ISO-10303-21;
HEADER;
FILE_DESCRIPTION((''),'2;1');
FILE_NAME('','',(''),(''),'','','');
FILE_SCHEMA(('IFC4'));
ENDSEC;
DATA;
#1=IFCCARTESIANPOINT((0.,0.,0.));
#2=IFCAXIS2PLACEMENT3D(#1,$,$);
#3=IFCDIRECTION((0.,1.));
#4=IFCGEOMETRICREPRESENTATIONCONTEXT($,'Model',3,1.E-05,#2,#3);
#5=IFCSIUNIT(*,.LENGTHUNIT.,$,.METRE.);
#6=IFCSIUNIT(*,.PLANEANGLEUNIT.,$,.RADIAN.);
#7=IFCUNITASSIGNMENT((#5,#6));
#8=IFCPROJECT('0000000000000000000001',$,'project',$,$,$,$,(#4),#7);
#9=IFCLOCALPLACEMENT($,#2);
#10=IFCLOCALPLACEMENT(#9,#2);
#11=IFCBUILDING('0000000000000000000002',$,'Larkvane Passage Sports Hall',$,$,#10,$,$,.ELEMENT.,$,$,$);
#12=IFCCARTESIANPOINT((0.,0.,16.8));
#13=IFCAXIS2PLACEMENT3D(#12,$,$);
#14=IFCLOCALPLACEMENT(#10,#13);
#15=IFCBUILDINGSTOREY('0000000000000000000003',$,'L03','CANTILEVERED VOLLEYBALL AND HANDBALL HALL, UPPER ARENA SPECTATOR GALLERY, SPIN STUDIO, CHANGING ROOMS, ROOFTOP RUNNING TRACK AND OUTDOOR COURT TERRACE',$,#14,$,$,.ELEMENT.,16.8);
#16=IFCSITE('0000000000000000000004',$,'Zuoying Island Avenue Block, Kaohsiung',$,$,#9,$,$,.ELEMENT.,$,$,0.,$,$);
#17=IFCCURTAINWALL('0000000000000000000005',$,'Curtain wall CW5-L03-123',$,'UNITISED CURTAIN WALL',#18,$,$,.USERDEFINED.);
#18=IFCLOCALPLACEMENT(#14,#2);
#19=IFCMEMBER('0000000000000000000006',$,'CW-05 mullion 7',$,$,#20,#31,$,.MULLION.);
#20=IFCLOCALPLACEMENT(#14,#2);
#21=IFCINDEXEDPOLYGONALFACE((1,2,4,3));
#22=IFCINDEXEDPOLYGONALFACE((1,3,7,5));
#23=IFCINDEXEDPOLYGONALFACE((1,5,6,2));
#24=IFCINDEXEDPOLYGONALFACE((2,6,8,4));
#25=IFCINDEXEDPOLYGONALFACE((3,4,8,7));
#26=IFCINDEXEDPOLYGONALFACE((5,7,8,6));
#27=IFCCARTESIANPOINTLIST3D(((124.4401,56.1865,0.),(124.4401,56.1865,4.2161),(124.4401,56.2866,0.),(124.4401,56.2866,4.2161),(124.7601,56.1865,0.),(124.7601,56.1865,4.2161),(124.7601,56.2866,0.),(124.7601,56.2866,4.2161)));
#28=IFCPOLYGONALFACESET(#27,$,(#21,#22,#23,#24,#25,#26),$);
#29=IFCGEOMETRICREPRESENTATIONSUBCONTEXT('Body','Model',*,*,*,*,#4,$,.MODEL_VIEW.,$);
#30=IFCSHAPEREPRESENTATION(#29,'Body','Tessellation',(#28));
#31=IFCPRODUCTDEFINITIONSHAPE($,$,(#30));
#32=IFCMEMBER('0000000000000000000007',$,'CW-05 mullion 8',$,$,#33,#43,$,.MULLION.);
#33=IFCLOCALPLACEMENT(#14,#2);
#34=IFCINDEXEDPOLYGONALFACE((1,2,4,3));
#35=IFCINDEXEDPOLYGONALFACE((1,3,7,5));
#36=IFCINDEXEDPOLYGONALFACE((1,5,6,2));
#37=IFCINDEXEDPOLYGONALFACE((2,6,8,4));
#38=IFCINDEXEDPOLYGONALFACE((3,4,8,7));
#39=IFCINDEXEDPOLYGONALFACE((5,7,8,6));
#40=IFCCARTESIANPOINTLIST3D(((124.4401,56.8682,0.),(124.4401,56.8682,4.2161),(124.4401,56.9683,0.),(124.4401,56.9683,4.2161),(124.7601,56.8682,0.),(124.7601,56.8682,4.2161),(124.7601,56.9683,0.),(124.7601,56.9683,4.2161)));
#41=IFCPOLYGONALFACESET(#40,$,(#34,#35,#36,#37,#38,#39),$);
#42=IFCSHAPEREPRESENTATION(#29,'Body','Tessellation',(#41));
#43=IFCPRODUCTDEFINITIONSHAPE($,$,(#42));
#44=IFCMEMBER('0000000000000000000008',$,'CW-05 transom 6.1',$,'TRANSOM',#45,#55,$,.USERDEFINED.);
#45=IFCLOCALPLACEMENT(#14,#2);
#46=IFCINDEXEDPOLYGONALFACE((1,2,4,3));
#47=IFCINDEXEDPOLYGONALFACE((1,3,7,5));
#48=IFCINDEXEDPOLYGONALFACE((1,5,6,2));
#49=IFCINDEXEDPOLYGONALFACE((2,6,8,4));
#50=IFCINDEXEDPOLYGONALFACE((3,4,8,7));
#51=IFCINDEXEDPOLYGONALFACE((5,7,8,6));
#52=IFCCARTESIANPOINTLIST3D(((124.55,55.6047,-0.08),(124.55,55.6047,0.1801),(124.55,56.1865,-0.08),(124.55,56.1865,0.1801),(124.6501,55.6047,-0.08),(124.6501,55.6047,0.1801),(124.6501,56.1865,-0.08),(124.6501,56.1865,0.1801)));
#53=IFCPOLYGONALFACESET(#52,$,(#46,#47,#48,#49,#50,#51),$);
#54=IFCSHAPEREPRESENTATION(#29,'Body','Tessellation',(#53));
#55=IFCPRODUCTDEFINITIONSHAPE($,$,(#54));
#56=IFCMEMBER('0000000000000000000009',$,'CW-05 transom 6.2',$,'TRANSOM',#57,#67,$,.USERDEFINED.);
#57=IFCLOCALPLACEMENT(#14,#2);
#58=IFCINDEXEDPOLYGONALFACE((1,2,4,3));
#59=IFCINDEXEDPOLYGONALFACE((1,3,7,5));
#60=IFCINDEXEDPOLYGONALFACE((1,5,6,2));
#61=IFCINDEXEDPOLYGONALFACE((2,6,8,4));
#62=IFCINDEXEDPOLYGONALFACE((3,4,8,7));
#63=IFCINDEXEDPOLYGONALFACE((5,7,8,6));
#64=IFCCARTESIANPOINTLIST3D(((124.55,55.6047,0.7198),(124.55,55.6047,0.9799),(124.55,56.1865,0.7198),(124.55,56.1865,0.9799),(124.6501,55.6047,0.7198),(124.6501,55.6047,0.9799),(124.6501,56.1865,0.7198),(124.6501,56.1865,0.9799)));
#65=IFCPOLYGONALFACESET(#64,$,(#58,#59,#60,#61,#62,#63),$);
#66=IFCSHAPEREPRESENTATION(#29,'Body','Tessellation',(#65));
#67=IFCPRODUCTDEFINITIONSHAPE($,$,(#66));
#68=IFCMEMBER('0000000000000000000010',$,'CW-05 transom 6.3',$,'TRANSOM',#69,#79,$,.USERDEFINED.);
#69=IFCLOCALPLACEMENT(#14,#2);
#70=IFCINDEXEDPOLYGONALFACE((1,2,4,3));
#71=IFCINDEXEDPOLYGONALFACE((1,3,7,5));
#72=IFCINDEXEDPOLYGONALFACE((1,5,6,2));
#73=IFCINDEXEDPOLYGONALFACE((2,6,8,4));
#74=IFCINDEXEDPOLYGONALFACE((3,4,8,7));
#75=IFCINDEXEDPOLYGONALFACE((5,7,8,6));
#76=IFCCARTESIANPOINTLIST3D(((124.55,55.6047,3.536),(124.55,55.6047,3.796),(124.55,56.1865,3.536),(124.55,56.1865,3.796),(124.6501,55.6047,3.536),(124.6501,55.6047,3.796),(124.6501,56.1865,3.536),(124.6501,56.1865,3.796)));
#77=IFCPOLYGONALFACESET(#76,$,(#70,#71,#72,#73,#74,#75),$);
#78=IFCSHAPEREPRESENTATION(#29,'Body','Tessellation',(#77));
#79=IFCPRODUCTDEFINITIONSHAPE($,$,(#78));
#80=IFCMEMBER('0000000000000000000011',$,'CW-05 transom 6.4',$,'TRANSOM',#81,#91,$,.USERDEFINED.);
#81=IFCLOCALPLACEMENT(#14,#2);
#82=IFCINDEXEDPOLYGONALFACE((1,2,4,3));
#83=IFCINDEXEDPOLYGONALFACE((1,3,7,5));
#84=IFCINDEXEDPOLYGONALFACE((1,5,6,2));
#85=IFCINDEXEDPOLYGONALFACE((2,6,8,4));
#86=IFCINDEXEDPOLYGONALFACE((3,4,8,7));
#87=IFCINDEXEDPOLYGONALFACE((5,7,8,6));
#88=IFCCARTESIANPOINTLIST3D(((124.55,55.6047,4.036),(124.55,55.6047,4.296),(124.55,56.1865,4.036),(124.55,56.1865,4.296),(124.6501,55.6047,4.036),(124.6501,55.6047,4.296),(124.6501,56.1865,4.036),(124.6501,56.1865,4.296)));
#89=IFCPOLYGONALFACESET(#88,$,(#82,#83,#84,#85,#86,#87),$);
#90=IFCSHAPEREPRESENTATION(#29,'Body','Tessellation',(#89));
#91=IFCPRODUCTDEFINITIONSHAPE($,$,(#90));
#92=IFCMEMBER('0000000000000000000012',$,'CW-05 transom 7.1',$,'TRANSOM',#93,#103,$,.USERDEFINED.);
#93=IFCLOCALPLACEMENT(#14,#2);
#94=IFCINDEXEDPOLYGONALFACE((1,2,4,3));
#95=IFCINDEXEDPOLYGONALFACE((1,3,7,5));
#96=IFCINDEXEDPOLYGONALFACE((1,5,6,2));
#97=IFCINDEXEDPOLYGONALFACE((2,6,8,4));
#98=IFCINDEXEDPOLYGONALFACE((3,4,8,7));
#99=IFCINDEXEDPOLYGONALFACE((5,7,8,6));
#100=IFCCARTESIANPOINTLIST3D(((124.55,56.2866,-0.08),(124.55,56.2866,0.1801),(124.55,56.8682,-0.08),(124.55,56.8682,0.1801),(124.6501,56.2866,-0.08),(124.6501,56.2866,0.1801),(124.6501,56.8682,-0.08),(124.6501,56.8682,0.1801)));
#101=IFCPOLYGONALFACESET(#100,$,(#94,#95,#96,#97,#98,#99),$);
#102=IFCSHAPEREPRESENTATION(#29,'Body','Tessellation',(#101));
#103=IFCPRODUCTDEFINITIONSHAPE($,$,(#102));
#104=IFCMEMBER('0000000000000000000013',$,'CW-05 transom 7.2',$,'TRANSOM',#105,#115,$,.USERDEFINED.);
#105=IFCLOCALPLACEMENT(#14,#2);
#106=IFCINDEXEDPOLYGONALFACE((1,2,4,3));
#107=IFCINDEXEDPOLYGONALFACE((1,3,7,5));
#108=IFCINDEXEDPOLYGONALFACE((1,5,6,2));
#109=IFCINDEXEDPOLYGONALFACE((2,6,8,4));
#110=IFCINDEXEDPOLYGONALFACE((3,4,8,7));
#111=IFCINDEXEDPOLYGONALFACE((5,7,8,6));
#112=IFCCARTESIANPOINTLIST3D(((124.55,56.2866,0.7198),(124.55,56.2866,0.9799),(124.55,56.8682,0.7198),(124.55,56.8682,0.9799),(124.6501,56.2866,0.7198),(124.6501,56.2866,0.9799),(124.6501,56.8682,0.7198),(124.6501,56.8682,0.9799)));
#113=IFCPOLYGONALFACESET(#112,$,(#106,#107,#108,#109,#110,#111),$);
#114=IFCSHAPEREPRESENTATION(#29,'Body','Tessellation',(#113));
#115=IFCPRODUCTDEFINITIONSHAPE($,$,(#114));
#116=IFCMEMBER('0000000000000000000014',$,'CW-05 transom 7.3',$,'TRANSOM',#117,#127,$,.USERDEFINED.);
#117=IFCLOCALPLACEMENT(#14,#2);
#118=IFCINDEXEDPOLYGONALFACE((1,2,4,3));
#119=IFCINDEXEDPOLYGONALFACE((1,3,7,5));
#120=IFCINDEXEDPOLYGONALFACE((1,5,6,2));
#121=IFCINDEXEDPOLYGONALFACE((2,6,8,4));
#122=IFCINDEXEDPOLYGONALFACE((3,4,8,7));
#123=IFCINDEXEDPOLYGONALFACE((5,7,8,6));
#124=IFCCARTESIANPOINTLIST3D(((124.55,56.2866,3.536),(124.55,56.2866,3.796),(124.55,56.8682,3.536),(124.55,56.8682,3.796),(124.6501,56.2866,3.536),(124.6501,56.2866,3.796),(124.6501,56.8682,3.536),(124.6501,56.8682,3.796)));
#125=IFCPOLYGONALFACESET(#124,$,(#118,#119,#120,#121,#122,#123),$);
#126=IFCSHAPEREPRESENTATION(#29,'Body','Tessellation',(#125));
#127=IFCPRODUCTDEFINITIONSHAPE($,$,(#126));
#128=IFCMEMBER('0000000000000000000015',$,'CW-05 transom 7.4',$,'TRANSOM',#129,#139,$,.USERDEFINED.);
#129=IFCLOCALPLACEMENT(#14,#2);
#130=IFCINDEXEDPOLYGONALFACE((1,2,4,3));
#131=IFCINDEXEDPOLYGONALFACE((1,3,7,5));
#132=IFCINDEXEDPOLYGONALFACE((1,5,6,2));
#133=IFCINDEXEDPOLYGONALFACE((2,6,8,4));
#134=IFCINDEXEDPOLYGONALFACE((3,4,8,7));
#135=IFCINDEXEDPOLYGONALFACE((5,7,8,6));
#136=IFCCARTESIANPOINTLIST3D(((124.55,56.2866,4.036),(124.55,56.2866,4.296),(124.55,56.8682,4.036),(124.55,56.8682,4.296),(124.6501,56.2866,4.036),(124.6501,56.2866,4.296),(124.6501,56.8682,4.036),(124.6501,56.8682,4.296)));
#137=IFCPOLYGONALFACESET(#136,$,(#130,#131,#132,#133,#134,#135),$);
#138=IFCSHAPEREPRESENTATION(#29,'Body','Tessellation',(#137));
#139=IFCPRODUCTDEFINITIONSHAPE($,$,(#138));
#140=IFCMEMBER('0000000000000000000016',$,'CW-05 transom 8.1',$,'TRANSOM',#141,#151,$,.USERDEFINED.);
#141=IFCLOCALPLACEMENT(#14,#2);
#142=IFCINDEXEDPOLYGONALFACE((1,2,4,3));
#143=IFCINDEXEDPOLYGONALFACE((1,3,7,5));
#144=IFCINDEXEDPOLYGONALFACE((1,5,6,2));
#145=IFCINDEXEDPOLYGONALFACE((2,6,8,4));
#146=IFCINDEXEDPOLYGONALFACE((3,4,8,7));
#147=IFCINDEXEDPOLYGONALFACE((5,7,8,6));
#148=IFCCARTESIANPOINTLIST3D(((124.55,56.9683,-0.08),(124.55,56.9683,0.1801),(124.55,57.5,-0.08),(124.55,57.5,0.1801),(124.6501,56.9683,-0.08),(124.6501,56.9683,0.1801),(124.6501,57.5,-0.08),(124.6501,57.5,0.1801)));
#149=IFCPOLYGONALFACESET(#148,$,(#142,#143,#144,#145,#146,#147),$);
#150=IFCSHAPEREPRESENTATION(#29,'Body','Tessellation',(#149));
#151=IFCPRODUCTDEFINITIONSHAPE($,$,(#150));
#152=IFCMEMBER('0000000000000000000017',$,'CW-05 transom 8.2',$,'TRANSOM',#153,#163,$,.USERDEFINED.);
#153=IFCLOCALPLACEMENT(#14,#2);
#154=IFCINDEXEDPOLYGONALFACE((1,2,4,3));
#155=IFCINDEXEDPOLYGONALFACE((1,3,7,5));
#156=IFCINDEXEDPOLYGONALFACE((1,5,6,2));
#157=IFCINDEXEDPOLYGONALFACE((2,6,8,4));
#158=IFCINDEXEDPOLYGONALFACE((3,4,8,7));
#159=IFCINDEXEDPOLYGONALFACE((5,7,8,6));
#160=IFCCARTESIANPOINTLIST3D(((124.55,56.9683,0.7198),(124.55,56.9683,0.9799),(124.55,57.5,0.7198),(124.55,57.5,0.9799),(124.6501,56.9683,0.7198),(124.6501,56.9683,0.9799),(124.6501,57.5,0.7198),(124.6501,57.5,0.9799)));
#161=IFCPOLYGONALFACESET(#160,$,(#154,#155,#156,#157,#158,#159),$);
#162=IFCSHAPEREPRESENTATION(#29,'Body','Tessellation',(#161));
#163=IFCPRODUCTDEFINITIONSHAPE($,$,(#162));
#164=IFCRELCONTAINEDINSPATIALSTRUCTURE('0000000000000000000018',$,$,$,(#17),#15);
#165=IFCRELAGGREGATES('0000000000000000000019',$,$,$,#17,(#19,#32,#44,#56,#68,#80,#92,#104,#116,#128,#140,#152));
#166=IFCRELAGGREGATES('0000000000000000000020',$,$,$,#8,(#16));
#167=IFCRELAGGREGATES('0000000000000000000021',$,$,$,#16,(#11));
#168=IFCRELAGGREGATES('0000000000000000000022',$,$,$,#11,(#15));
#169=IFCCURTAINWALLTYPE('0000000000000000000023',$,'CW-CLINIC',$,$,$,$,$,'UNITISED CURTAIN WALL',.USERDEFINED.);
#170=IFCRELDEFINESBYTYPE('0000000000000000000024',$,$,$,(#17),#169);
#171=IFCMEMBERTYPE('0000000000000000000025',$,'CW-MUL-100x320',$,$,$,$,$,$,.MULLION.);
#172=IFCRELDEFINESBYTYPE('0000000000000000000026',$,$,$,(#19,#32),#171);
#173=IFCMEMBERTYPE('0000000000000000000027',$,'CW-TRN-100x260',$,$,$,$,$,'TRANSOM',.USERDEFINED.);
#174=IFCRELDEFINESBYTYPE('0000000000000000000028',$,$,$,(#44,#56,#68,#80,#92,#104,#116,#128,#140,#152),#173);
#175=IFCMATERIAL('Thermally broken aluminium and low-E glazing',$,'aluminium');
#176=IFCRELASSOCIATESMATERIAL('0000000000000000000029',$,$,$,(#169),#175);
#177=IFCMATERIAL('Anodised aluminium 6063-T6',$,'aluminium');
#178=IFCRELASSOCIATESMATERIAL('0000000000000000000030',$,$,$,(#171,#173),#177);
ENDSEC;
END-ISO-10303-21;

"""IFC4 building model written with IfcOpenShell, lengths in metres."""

from ifc_helpers import new_model, si_unit, direction, frame, origin, origin_2d, place, context, subcontext, project, spatial, rectangle, extrude, material, material_profile, profile_set, type_object, element, aggregate, save


model = new_model("IFC4")

# Units and contexts
model_context = context("Model", 3, precision=1e-05, world=origin(), true_north=direction((0.0, 1.0)))
body_context = subcontext(model_context, "Body", "Model", "MODEL_VIEW")
ifc_project = project(units=[si_unit("LENGTHUNIT", "METRE"), si_unit("PLANEANGLEUNIT", "RADIAN")], contexts=[model_context])

# Site, building, storey
site_placement = place(None, origin())
site = spatial("IfcSite", under=ifc_project, at=site_placement, Name="Zuoying Island Avenue Block, Kaohsiung", CompositionType="ELEMENT", RefElevation=0.0)
building_placement = place(site_placement, origin())
building = spatial("IfcBuilding", under=site, at=building_placement, Name="Larkvane Passage Sports Hall", CompositionType="ELEMENT")
storey_placement = place(building_placement, frame((0.0, 0.0, 16.8)))
storey = spatial("IfcBuildingStorey", under=building, at=storey_placement, Name="L03", Description="CANTILEVERED VOLLEYBALL AND HANDBALL HALL, UPPER ARENA SPECTATOR GALLERY, SPIN STUDIO, CHANGING ROOMS, ROOFTOP RUNNING TRACK AND OUTDOOR COURT TERRACE", CompositionType="ELEMENT", Elevation=16.8)

# Curtain wall, members
ifc_material_1 = material(Name="Thermally broken aluminium and low-E glazing", Category="aluminium")
curtain_wall_type = type_object("IfcCurtainWallType", Name="CW-CLINIC", ElementType="UNITISED CURTAIN WALL", PredefinedType="USERDEFINED", material=ifc_material_1)
curtain_wall_placement = place(storey_placement, origin())
curtain_wall = element("IfcCurtainWall", 1, at=curtain_wall_placement, inside=storey, type_object=curtain_wall_type, Name="Curtain wall CW5-L03-123", ObjectType="UNITISED CURTAIN WALL", PredefinedType="USERDEFINED")
ifc_material_2 = material(Name="Anodised aluminium 6063-T6", Category="aluminium")
ifc_material_profile_1 = material_profile(ifc_material_2, rectangle(XDim=0.1001, YDim=0.3201, at=origin_2d()), Name="ALU-MUL-100x320")
ifc_profile_set_1 = profile_set([ifc_material_profile_1], Name="Anodised aluminium 6063-T6")
member_type_1 = type_object("IfcMemberType", Name="CW-MUL-100x320", PredefinedType="MULLION", material=ifc_profile_set_1)
member_1_placement = place(storey_placement, frame((124.6001, 56.2366, 0.0), z_axis=(0.0, 0.0, 1.0), x_axis=(0.0, 1.0, 0.0)))
member_1 = element("IfcMember", 2, at=member_1_placement, type_object=member_type_1, Name="CW-05 mullion 7", PredefinedType="MULLION", context=body_context, shape_type="SweptSolid", body=[
    extrude(rectangle(XDim=0.1001, YDim=0.3201, at=origin_2d()), origin(), (0.0, 0.0, 1.0), 4.2161),
])
member_2_placement = place(storey_placement, frame((124.6001, 56.9182, 0.0), z_axis=(0.0, 0.0, 1.0), x_axis=(0.0, 1.0, 0.0)))
member_2 = element("IfcMember", 3, at=member_2_placement, type_object=member_type_1, Name="CW-05 mullion 8", PredefinedType="MULLION", context=body_context, shape_type="SweptSolid", body=[
    extrude(rectangle(XDim=0.1001, YDim=0.3201, at=origin_2d()), origin(), (0.0, 0.0, 1.0), 4.2161),
])
ifc_material_profile_2 = material_profile(ifc_material_2, rectangle(XDim=0.1001, YDim=0.26, at=origin_2d()), Name="ALU-TRN-100x260")
ifc_profile_set_2 = profile_set([ifc_material_profile_2], Name="Anodised aluminium 6063-T6")
member_type_2 = type_object("IfcMemberType", Name="CW-TRN-100x260", ElementType="TRANSOM", PredefinedType="USERDEFINED", material=ifc_profile_set_2)
member_3_placement = place(storey_placement, frame((124.6001, 55.6047, 0.05), z_axis=(0.0, 1.0, 0.0), x_axis=(-1.0, 0.0, 0.0)))
member_3 = element("IfcMember", 4, at=member_3_placement, type_object=member_type_2, Name="CW-05 transom 6.1", ObjectType="TRANSOM", PredefinedType="USERDEFINED", context=body_context, shape_type="SweptSolid", body=[
    extrude(rectangle(XDim=0.1001, YDim=0.26, at=origin_2d()), origin(), (0.0, 0.0, 1.0), 0.5818),
])
member_4_placement = place(storey_placement, frame((124.6001, 55.6047, 0.8499), z_axis=(0.0, 1.0, 0.0), x_axis=(-1.0, 0.0, 0.0)))
member_4 = element("IfcMember", 5, at=member_4_placement, type_object=member_type_2, Name="CW-05 transom 6.2", ObjectType="TRANSOM", PredefinedType="USERDEFINED", context=body_context, shape_type="SweptSolid", body=[
    extrude(rectangle(XDim=0.1001, YDim=0.26, at=origin_2d()), origin(), (0.0, 0.0, 1.0), 0.5818),
])
member_5_placement = place(storey_placement, frame((124.6001, 55.6047, 3.666), z_axis=(0.0, 1.0, 0.0), x_axis=(-1.0, 0.0, 0.0)))
member_5 = element("IfcMember", 6, at=member_5_placement, type_object=member_type_2, Name="CW-05 transom 6.3", ObjectType="TRANSOM", PredefinedType="USERDEFINED", context=body_context, shape_type="SweptSolid", body=[
    extrude(rectangle(XDim=0.1001, YDim=0.26, at=origin_2d()), origin(), (0.0, 0.0, 1.0), 0.5818),
])
member_6_placement = place(storey_placement, frame((124.6001, 55.6047, 4.166), z_axis=(0.0, 1.0, 0.0), x_axis=(-1.0, 0.0, 0.0)))
member_6 = element("IfcMember", 7, at=member_6_placement, type_object=member_type_2, Name="CW-05 transom 6.4", ObjectType="TRANSOM", PredefinedType="USERDEFINED", context=body_context, shape_type="SweptSolid", body=[
    extrude(rectangle(XDim=0.1001, YDim=0.26, at=origin_2d()), origin(), (0.0, 0.0, 1.0), 0.5818),
])
member_7_placement = place(storey_placement, frame((124.6001, 56.2866, 0.05), z_axis=(0.0, 1.0, 0.0), x_axis=(-1.0, 0.0, 0.0)))
member_7 = element("IfcMember", 8, at=member_7_placement, type_object=member_type_2, Name="CW-05 transom 7.1", ObjectType="TRANSOM", PredefinedType="USERDEFINED", context=body_context, shape_type="SweptSolid", body=[
    extrude(rectangle(XDim=0.1001, YDim=0.26, at=origin_2d()), origin(), (0.0, 0.0, 1.0), 0.5815),
])
member_8_placement = place(storey_placement, frame((124.6001, 56.2866, 0.8499), z_axis=(0.0, 1.0, 0.0), x_axis=(-1.0, 0.0, 0.0)))
member_8 = element("IfcMember", 9, at=member_8_placement, type_object=member_type_2, Name="CW-05 transom 7.2", ObjectType="TRANSOM", PredefinedType="USERDEFINED", context=body_context, shape_type="SweptSolid", body=[
    extrude(rectangle(XDim=0.1001, YDim=0.26, at=origin_2d()), origin(), (0.0, 0.0, 1.0), 0.5815),
])
member_9_placement = place(storey_placement, frame((124.6001, 56.2866, 3.666), z_axis=(0.0, 1.0, 0.0), x_axis=(-1.0, 0.0, 0.0)))
member_9 = element("IfcMember", 10, at=member_9_placement, type_object=member_type_2, Name="CW-05 transom 7.3", ObjectType="TRANSOM", PredefinedType="USERDEFINED", context=body_context, shape_type="SweptSolid", body=[
    extrude(rectangle(XDim=0.1001, YDim=0.26, at=origin_2d()), origin(), (0.0, 0.0, 1.0), 0.5815),
])
member_10_placement = place(storey_placement, frame((124.6001, 56.2866, 4.166), z_axis=(0.0, 1.0, 0.0), x_axis=(-1.0, 0.0, 0.0)))
member_10 = element("IfcMember", 11, at=member_10_placement, type_object=member_type_2, Name="CW-05 transom 7.4", ObjectType="TRANSOM", PredefinedType="USERDEFINED", context=body_context, shape_type="SweptSolid", body=[
    extrude(rectangle(XDim=0.1001, YDim=0.26, at=origin_2d()), origin(), (0.0, 0.0, 1.0), 0.5815),
])
member_11_placement = place(storey_placement, frame((124.6001, 56.9683, 0.05), z_axis=(0.0, 1.0, 0.0), x_axis=(-1.0, 0.0, 0.0)))
member_11 = element("IfcMember", 12, at=member_11_placement, type_object=member_type_2, Name="CW-05 transom 8.1", ObjectType="TRANSOM", PredefinedType="USERDEFINED", context=body_context, shape_type="SweptSolid", body=[
    extrude(rectangle(XDim=0.1001, YDim=0.26, at=origin_2d()), origin(), (0.0, 0.0, 1.0), 0.5317),
])
member_12_placement = place(storey_placement, frame((124.6001, 56.9683, 0.8499), z_axis=(0.0, 1.0, 0.0), x_axis=(-1.0, 0.0, 0.0)))
member_12 = element("IfcMember", 13, at=member_12_placement, type_object=member_type_2, Name="CW-05 transom 8.2", ObjectType="TRANSOM", PredefinedType="USERDEFINED", context=body_context, shape_type="SweptSolid", body=[
    extrude(rectangle(XDim=0.1001, YDim=0.26, at=origin_2d()), origin(), (0.0, 0.0, 1.0), 0.5317),
])

aggregate(curtain_wall, [member_1, member_2, member_3, member_4, member_5, member_6, member_7, member_8, member_9, member_10, member_11, member_12])

save(model, "model.ifc")
